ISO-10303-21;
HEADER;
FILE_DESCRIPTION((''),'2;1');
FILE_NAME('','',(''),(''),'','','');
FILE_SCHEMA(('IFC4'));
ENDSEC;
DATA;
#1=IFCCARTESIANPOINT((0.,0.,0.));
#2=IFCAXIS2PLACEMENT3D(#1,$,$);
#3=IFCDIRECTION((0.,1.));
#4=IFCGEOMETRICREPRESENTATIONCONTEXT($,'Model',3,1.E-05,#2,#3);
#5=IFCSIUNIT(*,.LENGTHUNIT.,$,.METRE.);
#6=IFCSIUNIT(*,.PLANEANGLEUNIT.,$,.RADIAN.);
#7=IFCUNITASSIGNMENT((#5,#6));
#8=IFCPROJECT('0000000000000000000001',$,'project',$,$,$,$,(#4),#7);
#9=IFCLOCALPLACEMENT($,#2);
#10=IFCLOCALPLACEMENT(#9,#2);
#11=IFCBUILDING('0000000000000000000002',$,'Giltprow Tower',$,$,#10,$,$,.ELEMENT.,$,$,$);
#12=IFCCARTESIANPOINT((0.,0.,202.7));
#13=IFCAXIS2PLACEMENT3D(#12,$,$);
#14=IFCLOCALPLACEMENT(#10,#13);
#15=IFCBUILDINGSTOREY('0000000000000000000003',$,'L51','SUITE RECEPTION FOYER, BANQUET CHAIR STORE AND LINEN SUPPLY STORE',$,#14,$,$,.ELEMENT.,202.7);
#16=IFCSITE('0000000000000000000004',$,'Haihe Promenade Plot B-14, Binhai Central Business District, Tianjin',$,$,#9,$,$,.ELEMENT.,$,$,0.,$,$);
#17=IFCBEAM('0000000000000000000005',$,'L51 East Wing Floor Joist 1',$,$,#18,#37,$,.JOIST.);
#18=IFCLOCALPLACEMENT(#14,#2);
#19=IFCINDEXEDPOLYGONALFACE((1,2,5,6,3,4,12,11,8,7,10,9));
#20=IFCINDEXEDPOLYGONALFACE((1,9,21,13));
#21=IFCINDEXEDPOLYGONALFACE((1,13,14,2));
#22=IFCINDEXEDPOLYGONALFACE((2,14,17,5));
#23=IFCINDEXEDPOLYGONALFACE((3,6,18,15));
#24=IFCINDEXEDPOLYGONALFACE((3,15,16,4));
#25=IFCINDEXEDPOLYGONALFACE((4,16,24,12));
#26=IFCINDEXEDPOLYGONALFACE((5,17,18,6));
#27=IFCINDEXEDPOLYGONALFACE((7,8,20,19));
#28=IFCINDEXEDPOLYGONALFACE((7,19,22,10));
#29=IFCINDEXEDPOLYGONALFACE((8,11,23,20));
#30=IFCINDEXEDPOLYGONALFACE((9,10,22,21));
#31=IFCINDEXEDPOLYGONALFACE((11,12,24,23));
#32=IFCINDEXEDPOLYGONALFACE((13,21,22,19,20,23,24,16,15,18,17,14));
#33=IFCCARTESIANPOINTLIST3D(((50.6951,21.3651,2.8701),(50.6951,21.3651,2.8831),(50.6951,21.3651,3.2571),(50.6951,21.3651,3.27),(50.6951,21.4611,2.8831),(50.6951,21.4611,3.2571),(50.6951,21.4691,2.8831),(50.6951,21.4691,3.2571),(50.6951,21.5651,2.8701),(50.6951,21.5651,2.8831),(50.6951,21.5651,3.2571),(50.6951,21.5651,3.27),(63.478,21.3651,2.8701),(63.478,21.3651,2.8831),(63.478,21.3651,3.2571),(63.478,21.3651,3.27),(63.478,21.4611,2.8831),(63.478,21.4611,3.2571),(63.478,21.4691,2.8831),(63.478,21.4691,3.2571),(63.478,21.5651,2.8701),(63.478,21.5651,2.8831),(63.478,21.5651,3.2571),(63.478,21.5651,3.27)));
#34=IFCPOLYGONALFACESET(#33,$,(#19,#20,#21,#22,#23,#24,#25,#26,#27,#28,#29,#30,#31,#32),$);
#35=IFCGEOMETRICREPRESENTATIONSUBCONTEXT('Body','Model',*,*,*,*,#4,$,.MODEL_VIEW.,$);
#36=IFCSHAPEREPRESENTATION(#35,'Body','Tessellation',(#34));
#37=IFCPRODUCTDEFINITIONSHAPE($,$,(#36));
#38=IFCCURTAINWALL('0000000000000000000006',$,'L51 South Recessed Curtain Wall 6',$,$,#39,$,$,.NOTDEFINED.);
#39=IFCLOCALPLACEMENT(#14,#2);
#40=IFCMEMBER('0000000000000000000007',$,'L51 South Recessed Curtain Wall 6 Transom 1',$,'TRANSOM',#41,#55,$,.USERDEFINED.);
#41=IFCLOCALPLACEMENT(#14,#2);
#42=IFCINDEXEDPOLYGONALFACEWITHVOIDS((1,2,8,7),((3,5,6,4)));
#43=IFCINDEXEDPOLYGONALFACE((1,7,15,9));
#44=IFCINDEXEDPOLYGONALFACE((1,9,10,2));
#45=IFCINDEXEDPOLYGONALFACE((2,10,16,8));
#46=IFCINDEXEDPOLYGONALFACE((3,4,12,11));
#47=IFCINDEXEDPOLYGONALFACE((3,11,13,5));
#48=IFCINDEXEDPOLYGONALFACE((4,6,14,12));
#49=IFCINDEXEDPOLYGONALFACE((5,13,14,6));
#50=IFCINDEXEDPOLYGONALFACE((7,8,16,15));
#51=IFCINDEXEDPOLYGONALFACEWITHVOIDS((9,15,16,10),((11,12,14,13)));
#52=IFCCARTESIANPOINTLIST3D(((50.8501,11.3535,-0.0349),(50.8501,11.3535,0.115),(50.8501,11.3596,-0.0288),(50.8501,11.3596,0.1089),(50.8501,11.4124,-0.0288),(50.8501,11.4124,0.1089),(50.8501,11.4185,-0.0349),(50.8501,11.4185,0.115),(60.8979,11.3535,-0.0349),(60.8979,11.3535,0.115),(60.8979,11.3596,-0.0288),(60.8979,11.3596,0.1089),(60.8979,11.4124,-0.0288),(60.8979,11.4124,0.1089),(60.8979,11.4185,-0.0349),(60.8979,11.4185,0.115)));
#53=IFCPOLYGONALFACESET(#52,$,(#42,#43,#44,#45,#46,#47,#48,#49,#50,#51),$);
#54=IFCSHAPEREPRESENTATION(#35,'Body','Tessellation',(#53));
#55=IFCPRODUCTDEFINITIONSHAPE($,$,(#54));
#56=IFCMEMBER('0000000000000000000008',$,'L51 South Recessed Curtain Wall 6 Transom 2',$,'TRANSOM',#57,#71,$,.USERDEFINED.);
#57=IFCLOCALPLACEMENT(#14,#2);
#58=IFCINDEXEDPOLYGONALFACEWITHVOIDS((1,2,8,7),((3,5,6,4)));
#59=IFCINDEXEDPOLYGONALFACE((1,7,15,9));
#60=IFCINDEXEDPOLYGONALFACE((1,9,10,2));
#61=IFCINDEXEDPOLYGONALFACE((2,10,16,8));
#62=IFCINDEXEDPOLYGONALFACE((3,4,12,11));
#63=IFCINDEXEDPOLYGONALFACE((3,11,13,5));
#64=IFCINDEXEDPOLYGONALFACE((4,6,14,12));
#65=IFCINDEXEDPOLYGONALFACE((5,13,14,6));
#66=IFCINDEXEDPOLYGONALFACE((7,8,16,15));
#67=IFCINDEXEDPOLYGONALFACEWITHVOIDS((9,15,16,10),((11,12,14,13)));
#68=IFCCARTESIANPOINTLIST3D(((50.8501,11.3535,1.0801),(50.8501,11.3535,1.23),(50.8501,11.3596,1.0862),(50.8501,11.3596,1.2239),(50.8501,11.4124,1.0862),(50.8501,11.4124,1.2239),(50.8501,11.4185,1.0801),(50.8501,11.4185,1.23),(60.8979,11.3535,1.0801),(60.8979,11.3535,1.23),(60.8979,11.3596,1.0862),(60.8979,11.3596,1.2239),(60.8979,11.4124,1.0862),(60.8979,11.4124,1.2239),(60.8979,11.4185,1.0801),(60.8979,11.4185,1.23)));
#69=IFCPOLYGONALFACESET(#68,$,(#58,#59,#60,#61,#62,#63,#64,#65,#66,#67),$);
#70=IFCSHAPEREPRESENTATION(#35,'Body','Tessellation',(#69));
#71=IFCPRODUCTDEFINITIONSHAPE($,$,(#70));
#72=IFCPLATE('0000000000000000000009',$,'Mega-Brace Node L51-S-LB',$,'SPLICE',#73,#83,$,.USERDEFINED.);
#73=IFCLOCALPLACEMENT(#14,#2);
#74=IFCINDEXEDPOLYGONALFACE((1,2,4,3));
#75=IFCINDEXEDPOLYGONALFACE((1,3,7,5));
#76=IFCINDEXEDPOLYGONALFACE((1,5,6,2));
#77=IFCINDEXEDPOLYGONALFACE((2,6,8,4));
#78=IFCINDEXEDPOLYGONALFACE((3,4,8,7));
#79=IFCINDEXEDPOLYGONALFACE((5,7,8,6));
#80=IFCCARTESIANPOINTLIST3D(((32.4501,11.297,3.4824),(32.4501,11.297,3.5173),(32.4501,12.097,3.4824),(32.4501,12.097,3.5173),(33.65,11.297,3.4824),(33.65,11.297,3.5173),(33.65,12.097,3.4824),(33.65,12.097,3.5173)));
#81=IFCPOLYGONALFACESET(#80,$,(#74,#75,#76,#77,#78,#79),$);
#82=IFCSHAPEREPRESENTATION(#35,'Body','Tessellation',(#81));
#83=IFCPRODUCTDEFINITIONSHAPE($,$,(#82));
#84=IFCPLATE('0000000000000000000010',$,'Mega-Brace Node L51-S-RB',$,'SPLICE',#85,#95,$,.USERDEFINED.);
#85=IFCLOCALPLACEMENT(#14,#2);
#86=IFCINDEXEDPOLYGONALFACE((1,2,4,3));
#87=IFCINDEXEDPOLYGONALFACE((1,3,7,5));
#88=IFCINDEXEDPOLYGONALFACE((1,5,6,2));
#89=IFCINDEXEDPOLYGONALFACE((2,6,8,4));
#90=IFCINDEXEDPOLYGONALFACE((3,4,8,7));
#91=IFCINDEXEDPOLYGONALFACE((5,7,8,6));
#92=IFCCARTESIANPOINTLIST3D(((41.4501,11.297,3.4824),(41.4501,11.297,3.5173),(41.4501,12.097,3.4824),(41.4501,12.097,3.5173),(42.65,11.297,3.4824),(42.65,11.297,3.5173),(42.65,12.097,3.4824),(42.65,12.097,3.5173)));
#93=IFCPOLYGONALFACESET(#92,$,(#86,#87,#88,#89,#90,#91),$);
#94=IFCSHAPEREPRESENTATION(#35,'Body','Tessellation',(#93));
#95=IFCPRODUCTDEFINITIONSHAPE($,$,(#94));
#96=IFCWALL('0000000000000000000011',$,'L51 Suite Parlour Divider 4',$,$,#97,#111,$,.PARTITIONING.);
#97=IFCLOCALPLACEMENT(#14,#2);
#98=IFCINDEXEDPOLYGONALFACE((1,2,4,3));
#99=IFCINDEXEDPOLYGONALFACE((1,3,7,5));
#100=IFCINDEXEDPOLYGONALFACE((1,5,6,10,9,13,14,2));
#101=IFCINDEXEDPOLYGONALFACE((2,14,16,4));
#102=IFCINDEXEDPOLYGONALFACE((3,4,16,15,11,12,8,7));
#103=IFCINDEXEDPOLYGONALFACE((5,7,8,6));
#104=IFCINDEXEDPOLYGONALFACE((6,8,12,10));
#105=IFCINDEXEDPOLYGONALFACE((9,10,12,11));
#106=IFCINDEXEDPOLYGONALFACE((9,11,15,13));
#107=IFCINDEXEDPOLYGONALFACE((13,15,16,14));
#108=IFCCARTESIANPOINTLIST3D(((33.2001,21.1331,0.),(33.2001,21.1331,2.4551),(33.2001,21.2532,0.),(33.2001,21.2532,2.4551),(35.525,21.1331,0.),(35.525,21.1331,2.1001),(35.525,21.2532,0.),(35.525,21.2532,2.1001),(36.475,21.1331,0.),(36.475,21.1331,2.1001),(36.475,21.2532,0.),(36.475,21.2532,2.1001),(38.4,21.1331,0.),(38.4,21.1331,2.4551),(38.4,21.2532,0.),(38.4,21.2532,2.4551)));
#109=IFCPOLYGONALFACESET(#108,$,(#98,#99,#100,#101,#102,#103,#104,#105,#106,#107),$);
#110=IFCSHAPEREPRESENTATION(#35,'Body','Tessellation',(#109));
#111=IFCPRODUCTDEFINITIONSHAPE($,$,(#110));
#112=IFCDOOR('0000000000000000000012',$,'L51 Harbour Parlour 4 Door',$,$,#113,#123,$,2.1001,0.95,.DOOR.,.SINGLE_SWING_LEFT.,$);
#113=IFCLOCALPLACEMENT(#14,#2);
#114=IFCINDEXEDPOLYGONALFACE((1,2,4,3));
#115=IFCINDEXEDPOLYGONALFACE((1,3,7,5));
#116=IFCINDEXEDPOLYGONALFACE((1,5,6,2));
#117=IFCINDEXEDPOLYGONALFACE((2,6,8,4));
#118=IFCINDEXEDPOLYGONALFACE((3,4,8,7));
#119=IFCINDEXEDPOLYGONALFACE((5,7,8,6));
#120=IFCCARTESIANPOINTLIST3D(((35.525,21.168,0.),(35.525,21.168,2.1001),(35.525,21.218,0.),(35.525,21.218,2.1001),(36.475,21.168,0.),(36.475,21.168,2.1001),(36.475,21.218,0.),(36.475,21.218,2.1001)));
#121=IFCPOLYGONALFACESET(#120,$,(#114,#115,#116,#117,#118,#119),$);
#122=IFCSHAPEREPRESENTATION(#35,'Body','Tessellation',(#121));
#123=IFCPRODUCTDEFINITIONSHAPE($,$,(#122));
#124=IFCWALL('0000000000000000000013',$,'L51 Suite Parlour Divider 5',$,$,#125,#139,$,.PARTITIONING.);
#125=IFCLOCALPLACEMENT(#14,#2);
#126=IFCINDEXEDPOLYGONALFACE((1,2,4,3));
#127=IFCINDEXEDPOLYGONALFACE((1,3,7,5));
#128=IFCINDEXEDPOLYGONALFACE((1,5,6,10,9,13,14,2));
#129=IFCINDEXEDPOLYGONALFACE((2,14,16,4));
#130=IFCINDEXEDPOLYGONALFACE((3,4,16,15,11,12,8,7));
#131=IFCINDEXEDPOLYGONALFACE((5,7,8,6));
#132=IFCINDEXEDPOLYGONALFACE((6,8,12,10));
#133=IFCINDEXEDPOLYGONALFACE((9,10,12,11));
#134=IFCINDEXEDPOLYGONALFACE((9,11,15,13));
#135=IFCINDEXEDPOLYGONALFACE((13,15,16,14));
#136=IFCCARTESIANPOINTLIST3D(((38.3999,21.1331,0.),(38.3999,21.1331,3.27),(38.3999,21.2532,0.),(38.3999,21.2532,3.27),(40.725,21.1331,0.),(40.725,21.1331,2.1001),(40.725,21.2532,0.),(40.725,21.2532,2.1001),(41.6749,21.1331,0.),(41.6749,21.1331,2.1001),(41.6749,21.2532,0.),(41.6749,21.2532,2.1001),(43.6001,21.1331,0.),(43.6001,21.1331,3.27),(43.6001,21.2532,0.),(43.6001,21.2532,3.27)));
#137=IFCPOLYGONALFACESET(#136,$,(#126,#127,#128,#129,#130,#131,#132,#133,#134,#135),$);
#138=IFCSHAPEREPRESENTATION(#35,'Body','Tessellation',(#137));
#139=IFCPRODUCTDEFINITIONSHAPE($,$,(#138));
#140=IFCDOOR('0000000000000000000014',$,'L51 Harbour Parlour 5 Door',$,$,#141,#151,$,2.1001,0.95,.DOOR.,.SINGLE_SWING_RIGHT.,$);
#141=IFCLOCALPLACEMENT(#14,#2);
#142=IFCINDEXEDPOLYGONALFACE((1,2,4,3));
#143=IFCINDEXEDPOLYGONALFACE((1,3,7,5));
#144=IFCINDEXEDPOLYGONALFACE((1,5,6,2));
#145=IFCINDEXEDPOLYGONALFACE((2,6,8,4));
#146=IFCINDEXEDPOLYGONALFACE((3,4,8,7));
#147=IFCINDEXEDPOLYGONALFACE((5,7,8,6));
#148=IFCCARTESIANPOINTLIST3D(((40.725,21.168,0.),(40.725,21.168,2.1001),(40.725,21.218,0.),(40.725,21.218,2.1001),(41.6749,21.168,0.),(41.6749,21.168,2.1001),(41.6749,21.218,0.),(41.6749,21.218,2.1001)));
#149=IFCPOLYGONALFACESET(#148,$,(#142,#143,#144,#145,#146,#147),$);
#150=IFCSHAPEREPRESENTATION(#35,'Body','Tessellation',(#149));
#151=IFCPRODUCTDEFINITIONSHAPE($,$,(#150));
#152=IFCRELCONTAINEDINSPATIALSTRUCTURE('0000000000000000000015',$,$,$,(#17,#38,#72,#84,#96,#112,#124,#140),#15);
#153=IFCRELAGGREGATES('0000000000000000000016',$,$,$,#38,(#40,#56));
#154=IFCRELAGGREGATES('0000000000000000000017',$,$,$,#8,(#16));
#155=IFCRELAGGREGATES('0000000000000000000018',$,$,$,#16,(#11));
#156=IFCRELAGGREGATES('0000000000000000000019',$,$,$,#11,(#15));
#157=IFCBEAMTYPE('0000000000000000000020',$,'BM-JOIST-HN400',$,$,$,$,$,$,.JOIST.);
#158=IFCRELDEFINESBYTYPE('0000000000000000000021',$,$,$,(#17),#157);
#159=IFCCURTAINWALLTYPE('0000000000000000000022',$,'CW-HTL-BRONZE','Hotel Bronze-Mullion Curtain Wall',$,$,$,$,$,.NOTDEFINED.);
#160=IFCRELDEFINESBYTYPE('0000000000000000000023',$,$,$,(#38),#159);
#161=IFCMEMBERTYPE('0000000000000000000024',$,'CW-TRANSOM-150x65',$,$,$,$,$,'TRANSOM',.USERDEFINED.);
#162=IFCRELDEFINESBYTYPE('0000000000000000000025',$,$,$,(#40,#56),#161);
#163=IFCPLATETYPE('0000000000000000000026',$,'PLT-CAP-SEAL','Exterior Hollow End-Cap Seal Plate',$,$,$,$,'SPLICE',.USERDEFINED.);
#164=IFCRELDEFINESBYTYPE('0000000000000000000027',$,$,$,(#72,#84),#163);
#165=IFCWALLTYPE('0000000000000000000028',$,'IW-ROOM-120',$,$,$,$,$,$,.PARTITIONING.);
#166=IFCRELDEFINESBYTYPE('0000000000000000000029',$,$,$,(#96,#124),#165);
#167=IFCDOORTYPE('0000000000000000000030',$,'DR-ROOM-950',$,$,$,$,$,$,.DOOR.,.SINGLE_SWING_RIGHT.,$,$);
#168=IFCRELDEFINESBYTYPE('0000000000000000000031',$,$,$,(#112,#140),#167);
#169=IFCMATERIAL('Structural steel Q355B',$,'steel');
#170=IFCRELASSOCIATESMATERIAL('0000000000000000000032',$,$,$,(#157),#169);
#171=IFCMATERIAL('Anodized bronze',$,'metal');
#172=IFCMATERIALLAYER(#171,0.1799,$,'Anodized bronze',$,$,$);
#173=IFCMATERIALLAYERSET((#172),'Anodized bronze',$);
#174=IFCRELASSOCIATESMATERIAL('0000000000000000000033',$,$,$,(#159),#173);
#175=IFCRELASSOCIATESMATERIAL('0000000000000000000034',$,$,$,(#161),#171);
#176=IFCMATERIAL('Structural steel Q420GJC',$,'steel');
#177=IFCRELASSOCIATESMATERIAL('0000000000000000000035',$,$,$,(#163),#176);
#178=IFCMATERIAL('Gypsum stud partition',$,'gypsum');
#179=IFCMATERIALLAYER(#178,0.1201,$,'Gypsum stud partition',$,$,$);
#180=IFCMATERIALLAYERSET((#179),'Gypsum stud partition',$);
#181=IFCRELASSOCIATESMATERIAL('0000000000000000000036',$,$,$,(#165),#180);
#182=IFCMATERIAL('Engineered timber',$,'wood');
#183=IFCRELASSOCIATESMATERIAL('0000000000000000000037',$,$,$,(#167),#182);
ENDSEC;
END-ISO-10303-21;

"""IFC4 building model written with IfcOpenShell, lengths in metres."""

from ifc_helpers import new_model, si_unit, direction, frame, frame_2d, origin, origin_2d, place, context, subcontext, project, spatial, rectangle, hollow_rectangle, i_section, extrude, source, transform, mapped, material, layer, layer_set, material_profile, profile_set, type_object, element, fill, aggregate, save


model = new_model("IFC4")

# Units and contexts
model_context = context("Model", 3, precision=1e-05, world=origin(), true_north=direction((0.0, 1.0)))
body_context = subcontext(model_context, "Body", "Model", "MODEL_VIEW")
ifc_project = project(units=[si_unit("LENGTHUNIT", "METRE"), si_unit("PLANEANGLEUNIT", "RADIAN")], contexts=[model_context])

# Site, building, storey
site_placement = place(None, origin())
site = spatial("IfcSite", under=ifc_project, at=site_placement, Name="Haihe Promenade Plot B-14, Binhai Central Business District, Tianjin", CompositionType="ELEMENT", RefElevation=0.0)
building_placement = place(site_placement, origin())
building = spatial("IfcBuilding", under=site, at=building_placement, Name="Giltprow Tower", CompositionType="ELEMENT")
storey_placement = place(building_placement, frame((0.0, 0.0, 202.7)))
storey = spatial("IfcBuildingStorey", under=building, at=storey_placement, Name="L51", Description="SUITE RECEPTION FOYER, BANQUET CHAIR STORE AND LINEN SUPPLY STORE", CompositionType="ELEMENT", Elevation=202.7)

# Beam
ifc_material_1 = material(Name="Structural steel Q355B", Category="steel")
ifc_material_profile_1 = material_profile(ifc_material_1, i_section(OverallWidth=0.2, OverallDepth=0.3999, WebThickness=0.0081, FlangeThickness=0.0129, at=origin_2d()), Name="HN 400x200x8x13")
ifc_profile_set_1 = profile_set([ifc_material_profile_1], Name="Structural steel Q355B")
beam_type_1 = type_object("IfcBeamType", Name="BM-JOIST-HN400", PredefinedType="JOIST", material=ifc_profile_set_1)
shared_shape_1 = source(origin(), body_context, "Body", "SweptSolid", [
    extrude(i_section(OverallWidth=0.2, OverallDepth=0.3999, WebThickness=0.0081, FlangeThickness=0.0129, at=origin_2d()), origin(), (0.0, 0.0, 1.0), 12.783),
])
beam_1_placement = place(storey_placement, frame((50.6951, 21.4651, 3.0701), z_axis=(1.0, 0.0, 0.0), x_axis=(0.0, 1.0, 0.0)))
element("IfcBeam", 1, at=beam_1_placement, inside=storey, type_object=beam_type_1, Name="L51 East Wing Floor Joist 1", PredefinedType="JOIST", context=body_context, shape_type="MappedRepresentation", body=[
    mapped(shared_shape_1, transform((0.0, 0.0, 0.0), x_axis=(1.0, 0.0, 0.0), y_axis=(0.0, 1.0, 0.0), z_axis=(0.0, 0.0, 1.0), scale=1.0)),
])

# Curtain wall, members
ifc_material_2 = material(Name="Anodized bronze", Category="metal")
ifc_layer_1 = layer(ifc_material_2, 0.1799, Name="Anodized bronze")
ifc_layer_set_1 = layer_set([ifc_layer_1], Name="Anodized bronze")
curtain_wall_type = type_object("IfcCurtainWallType", Name="CW-HTL-BRONZE", Description="Hotel Bronze-Mullion Curtain Wall", PredefinedType="NOTDEFINED", material=ifc_layer_set_1)
curtain_wall_placement = place(storey_placement, origin())
curtain_wall = element("IfcCurtainWall", 2, at=curtain_wall_placement, inside=storey, type_object=curtain_wall_type, Name="L51 South Recessed Curtain Wall 6", PredefinedType="NOTDEFINED")
ifc_material_profile_2 = material_profile(ifc_material_2, hollow_rectangle(XDim=0.0649, YDim=0.1499, WallThickness=0.0061, at=origin_2d()), Name="RHS 150x65x6")
ifc_profile_set_2 = profile_set([ifc_material_profile_2], Name="Anodized bronze")
member_type = type_object("IfcMemberType", Name="CW-TRANSOM-150x65", ElementType="TRANSOM", PredefinedType="USERDEFINED", material=ifc_profile_set_2)
shared_shape_2 = source(origin(), body_context, "Body", "SweptSolid", [
    extrude(hollow_rectangle(XDim=0.0649, YDim=0.1499, WallThickness=0.0061, at=origin_2d()), origin(), (0.0, 0.0, 1.0), 10.0479),
])
member_1_placement = place(storey_placement, frame((50.8501, 11.386, 0.04), z_axis=(1.0, 0.0, 0.0), x_axis=(0.0, 1.0, 0.0)))
member_1 = element("IfcMember", 3, at=member_1_placement, type_object=member_type, Name="L51 South Recessed Curtain Wall 6 Transom 1", ObjectType="TRANSOM", PredefinedType="USERDEFINED", context=body_context, shape_type="MappedRepresentation", body=[
    mapped(shared_shape_2, transform((0.0, 0.0, 0.0), x_axis=(1.0, 0.0, 0.0), y_axis=(0.0, 1.0, 0.0), z_axis=(0.0, 0.0, 1.0), scale=1.0)),
])
member_2_placement = place(storey_placement, frame((50.8501, 11.386, 1.155), z_axis=(1.0, 0.0, 0.0), x_axis=(0.0, 1.0, 0.0)))
member_2 = element("IfcMember", 4, at=member_2_placement, type_object=member_type, Name="L51 South Recessed Curtain Wall 6 Transom 2", ObjectType="TRANSOM", PredefinedType="USERDEFINED", context=body_context, shape_type="MappedRepresentation", body=[
    mapped(shared_shape_2, transform((0.0, 0.0, 0.0), x_axis=(1.0, 0.0, 0.0), y_axis=(0.0, 1.0, 0.0), z_axis=(0.0, 0.0, 1.0), scale=1.0)),
])
aggregate(curtain_wall, [member_1, member_2])

# Plates
ifc_material_3 = material(Name="Structural steel Q420GJC", Category="steel")
plate_type = type_object("IfcPlateType", Name="PLT-CAP-SEAL", Description="Exterior Hollow End-Cap Seal Plate", ElementType="SPLICE", PredefinedType="USERDEFINED", material=ifc_material_3)
shared_shape_3 = source(origin(), body_context, "Body", "SweptSolid", [
    extrude(rectangle(XDim=1.2, YDim=0.8, at=origin_2d()), origin(), (0.0, 0.0, 1.0), 0.0349),
])
for number, where, z_axis, x_axis, name in (
    (5, (33.05, 11.697, 3.4824), (0.0, 0.0, 1.0), (1.0, 0.0, 0.0), "Mega-Brace Node L51-S-LB"),
    (6, (42.05, 11.697, 3.4824), (0.0, 0.0, 1.0), (1.0, 0.0, 0.0), "Mega-Brace Node L51-S-RB"),
):
    element("IfcPlate", number, at=place(storey_placement, frame(where, z_axis=z_axis, x_axis=x_axis)), inside=storey, type_object=plate_type, Name=name, ObjectType="SPLICE", PredefinedType="USERDEFINED", context=body_context, shape_type="MappedRepresentation", body=[
        mapped(shared_shape_3, transform((0.0, 0.0, 0.0), x_axis=(1.0, 0.0, 0.0), y_axis=(0.0, 1.0, 0.0), z_axis=(0.0, 0.0, 1.0), scale=1.0)),
    ])

# Walls, openings, doors
ifc_material_4 = material(Name="Gypsum stud partition", Category="gypsum")
ifc_layer_2 = layer(ifc_material_4, 0.1201, Name="Gypsum stud partition")
ifc_layer_set_2 = layer_set([ifc_layer_2], Name="Gypsum stud partition")
wall_type = type_object("IfcWallType", Name="IW-ROOM-120", PredefinedType="PARTITIONING", material=ifc_layer_set_2)
wall_1_placement = place(storey_placement, frame((33.2, 21.1931, 0.0), z_axis=(0.0, 0.0, 1.0), x_axis=(1.0, 0.0, 0.0)))
wall_1 = element("IfcWall", 7, at=wall_1_placement, inside=storey, type_object=wall_type, Name="L51 Suite Parlour Divider 4", PredefinedType="PARTITIONING", context=body_context, shape_type="SweptSolid", body=[
    extrude(rectangle(XDim=5.2, YDim=0.1201, at=frame_2d((2.6001, 0.0))), origin(), (0.0, 0.0, 1.0), 2.4551),
])
opening_1_placement = place(wall_1_placement, frame((2.325, 0.0, 0.0)))
opening_1 = element("IfcOpeningElement", 8, at=opening_1_placement, cuts=wall_1, PredefinedType="OPENING", context=body_context, shape_type="SweptSolid", body=[
    extrude(rectangle(XDim=0.95, YDim=2.1001, at=frame_2d((0.4751, 1.05))), frame((0.0, 0.0701, 0.0), z_axis=(0.0, -1.0, 0.0), x_axis=(1.0, 0.0, 0.0)), (0.0, 0.0, 1.0), 0.1401),
])
ifc_material_5 = material(Name="Engineered timber", Category="wood")
door_type = type_object("IfcDoorType", Name="DR-ROOM-950", OperationType="SINGLE_SWING_RIGHT", PredefinedType="DOOR", material=ifc_material_5)
shared_shape_4 = source(origin(), body_context, "Body", "SweptSolid", [
    extrude(rectangle(XDim=0.95, YDim=2.1001, at=frame_2d((0.4751, 1.05))), frame((0.0, 0.0249, 0.0), z_axis=(0.0, -1.0, 0.0), x_axis=(1.0, 0.0, 0.0)), (0.0, 0.0, 1.0), 0.05),
])
door_1_placement = place(opening_1_placement, origin())
door_1 = element("IfcDoor", 9, at=door_1_placement, inside=storey, type_object=door_type, Name="L51 Harbour Parlour 4 Door", OperationType="SINGLE_SWING_LEFT", OverallHeight=2.1001, OverallWidth=0.95, PredefinedType="DOOR", context=body_context, shape_type="MappedRepresentation", body=[
    mapped(shared_shape_4, transform((0.0, 0.0, 0.0), x_axis=(1.0, 0.0, 0.0), y_axis=(0.0, 1.0, 0.0), z_axis=(0.0, 0.0, 1.0), scale=1.0)),
])
fill(opening_1, door_1)
wall_2_placement = place(storey_placement, frame((38.3999, 21.1931, 0.0), z_axis=(0.0, 0.0, 1.0), x_axis=(1.0, 0.0, 0.0)))
wall_2 = element("IfcWall", 10, at=wall_2_placement, inside=storey, type_object=wall_type, Name="L51 Suite Parlour Divider 5", PredefinedType="PARTITIONING", context=body_context, shape_type="SweptSolid", body=[
    extrude(rectangle(XDim=5.2002, YDim=0.1201, at=frame_2d((2.6001, 0.0))), origin(), (0.0, 0.0, 1.0), 3.27),
])
opening_2_placement = place(wall_2_placement, frame((2.325, 0.0, 0.0)))
opening_2 = element("IfcOpeningElement", 11, at=opening_2_placement, cuts=wall_2, PredefinedType="OPENING", context=body_context, shape_type="SweptSolid", body=[
    extrude(rectangle(XDim=0.95, YDim=2.1001, at=frame_2d((0.4751, 1.05))), frame((0.0, 0.0701, 0.0), z_axis=(0.0, -1.0, 0.0), x_axis=(1.0, 0.0, 0.0)), (0.0, 0.0, 1.0), 0.1401),
])
door_2_placement = place(opening_2_placement, origin())
door_2 = element("IfcDoor", 12, at=door_2_placement, inside=storey, type_object=door_type, Name="L51 Harbour Parlour 5 Door", OperationType="SINGLE_SWING_RIGHT", OverallHeight=2.1001, OverallWidth=0.95, PredefinedType="DOOR", context=body_context, shape_type="MappedRepresentation", body=[
    mapped(shared_shape_4, transform((0.0, 0.0, 0.0), x_axis=(1.0, 0.0, 0.0), y_axis=(0.0, 1.0, 0.0), z_axis=(0.0, 0.0, 1.0), scale=1.0)),
])
fill(opening_2, door_2)

save(model, "model.ifc")
